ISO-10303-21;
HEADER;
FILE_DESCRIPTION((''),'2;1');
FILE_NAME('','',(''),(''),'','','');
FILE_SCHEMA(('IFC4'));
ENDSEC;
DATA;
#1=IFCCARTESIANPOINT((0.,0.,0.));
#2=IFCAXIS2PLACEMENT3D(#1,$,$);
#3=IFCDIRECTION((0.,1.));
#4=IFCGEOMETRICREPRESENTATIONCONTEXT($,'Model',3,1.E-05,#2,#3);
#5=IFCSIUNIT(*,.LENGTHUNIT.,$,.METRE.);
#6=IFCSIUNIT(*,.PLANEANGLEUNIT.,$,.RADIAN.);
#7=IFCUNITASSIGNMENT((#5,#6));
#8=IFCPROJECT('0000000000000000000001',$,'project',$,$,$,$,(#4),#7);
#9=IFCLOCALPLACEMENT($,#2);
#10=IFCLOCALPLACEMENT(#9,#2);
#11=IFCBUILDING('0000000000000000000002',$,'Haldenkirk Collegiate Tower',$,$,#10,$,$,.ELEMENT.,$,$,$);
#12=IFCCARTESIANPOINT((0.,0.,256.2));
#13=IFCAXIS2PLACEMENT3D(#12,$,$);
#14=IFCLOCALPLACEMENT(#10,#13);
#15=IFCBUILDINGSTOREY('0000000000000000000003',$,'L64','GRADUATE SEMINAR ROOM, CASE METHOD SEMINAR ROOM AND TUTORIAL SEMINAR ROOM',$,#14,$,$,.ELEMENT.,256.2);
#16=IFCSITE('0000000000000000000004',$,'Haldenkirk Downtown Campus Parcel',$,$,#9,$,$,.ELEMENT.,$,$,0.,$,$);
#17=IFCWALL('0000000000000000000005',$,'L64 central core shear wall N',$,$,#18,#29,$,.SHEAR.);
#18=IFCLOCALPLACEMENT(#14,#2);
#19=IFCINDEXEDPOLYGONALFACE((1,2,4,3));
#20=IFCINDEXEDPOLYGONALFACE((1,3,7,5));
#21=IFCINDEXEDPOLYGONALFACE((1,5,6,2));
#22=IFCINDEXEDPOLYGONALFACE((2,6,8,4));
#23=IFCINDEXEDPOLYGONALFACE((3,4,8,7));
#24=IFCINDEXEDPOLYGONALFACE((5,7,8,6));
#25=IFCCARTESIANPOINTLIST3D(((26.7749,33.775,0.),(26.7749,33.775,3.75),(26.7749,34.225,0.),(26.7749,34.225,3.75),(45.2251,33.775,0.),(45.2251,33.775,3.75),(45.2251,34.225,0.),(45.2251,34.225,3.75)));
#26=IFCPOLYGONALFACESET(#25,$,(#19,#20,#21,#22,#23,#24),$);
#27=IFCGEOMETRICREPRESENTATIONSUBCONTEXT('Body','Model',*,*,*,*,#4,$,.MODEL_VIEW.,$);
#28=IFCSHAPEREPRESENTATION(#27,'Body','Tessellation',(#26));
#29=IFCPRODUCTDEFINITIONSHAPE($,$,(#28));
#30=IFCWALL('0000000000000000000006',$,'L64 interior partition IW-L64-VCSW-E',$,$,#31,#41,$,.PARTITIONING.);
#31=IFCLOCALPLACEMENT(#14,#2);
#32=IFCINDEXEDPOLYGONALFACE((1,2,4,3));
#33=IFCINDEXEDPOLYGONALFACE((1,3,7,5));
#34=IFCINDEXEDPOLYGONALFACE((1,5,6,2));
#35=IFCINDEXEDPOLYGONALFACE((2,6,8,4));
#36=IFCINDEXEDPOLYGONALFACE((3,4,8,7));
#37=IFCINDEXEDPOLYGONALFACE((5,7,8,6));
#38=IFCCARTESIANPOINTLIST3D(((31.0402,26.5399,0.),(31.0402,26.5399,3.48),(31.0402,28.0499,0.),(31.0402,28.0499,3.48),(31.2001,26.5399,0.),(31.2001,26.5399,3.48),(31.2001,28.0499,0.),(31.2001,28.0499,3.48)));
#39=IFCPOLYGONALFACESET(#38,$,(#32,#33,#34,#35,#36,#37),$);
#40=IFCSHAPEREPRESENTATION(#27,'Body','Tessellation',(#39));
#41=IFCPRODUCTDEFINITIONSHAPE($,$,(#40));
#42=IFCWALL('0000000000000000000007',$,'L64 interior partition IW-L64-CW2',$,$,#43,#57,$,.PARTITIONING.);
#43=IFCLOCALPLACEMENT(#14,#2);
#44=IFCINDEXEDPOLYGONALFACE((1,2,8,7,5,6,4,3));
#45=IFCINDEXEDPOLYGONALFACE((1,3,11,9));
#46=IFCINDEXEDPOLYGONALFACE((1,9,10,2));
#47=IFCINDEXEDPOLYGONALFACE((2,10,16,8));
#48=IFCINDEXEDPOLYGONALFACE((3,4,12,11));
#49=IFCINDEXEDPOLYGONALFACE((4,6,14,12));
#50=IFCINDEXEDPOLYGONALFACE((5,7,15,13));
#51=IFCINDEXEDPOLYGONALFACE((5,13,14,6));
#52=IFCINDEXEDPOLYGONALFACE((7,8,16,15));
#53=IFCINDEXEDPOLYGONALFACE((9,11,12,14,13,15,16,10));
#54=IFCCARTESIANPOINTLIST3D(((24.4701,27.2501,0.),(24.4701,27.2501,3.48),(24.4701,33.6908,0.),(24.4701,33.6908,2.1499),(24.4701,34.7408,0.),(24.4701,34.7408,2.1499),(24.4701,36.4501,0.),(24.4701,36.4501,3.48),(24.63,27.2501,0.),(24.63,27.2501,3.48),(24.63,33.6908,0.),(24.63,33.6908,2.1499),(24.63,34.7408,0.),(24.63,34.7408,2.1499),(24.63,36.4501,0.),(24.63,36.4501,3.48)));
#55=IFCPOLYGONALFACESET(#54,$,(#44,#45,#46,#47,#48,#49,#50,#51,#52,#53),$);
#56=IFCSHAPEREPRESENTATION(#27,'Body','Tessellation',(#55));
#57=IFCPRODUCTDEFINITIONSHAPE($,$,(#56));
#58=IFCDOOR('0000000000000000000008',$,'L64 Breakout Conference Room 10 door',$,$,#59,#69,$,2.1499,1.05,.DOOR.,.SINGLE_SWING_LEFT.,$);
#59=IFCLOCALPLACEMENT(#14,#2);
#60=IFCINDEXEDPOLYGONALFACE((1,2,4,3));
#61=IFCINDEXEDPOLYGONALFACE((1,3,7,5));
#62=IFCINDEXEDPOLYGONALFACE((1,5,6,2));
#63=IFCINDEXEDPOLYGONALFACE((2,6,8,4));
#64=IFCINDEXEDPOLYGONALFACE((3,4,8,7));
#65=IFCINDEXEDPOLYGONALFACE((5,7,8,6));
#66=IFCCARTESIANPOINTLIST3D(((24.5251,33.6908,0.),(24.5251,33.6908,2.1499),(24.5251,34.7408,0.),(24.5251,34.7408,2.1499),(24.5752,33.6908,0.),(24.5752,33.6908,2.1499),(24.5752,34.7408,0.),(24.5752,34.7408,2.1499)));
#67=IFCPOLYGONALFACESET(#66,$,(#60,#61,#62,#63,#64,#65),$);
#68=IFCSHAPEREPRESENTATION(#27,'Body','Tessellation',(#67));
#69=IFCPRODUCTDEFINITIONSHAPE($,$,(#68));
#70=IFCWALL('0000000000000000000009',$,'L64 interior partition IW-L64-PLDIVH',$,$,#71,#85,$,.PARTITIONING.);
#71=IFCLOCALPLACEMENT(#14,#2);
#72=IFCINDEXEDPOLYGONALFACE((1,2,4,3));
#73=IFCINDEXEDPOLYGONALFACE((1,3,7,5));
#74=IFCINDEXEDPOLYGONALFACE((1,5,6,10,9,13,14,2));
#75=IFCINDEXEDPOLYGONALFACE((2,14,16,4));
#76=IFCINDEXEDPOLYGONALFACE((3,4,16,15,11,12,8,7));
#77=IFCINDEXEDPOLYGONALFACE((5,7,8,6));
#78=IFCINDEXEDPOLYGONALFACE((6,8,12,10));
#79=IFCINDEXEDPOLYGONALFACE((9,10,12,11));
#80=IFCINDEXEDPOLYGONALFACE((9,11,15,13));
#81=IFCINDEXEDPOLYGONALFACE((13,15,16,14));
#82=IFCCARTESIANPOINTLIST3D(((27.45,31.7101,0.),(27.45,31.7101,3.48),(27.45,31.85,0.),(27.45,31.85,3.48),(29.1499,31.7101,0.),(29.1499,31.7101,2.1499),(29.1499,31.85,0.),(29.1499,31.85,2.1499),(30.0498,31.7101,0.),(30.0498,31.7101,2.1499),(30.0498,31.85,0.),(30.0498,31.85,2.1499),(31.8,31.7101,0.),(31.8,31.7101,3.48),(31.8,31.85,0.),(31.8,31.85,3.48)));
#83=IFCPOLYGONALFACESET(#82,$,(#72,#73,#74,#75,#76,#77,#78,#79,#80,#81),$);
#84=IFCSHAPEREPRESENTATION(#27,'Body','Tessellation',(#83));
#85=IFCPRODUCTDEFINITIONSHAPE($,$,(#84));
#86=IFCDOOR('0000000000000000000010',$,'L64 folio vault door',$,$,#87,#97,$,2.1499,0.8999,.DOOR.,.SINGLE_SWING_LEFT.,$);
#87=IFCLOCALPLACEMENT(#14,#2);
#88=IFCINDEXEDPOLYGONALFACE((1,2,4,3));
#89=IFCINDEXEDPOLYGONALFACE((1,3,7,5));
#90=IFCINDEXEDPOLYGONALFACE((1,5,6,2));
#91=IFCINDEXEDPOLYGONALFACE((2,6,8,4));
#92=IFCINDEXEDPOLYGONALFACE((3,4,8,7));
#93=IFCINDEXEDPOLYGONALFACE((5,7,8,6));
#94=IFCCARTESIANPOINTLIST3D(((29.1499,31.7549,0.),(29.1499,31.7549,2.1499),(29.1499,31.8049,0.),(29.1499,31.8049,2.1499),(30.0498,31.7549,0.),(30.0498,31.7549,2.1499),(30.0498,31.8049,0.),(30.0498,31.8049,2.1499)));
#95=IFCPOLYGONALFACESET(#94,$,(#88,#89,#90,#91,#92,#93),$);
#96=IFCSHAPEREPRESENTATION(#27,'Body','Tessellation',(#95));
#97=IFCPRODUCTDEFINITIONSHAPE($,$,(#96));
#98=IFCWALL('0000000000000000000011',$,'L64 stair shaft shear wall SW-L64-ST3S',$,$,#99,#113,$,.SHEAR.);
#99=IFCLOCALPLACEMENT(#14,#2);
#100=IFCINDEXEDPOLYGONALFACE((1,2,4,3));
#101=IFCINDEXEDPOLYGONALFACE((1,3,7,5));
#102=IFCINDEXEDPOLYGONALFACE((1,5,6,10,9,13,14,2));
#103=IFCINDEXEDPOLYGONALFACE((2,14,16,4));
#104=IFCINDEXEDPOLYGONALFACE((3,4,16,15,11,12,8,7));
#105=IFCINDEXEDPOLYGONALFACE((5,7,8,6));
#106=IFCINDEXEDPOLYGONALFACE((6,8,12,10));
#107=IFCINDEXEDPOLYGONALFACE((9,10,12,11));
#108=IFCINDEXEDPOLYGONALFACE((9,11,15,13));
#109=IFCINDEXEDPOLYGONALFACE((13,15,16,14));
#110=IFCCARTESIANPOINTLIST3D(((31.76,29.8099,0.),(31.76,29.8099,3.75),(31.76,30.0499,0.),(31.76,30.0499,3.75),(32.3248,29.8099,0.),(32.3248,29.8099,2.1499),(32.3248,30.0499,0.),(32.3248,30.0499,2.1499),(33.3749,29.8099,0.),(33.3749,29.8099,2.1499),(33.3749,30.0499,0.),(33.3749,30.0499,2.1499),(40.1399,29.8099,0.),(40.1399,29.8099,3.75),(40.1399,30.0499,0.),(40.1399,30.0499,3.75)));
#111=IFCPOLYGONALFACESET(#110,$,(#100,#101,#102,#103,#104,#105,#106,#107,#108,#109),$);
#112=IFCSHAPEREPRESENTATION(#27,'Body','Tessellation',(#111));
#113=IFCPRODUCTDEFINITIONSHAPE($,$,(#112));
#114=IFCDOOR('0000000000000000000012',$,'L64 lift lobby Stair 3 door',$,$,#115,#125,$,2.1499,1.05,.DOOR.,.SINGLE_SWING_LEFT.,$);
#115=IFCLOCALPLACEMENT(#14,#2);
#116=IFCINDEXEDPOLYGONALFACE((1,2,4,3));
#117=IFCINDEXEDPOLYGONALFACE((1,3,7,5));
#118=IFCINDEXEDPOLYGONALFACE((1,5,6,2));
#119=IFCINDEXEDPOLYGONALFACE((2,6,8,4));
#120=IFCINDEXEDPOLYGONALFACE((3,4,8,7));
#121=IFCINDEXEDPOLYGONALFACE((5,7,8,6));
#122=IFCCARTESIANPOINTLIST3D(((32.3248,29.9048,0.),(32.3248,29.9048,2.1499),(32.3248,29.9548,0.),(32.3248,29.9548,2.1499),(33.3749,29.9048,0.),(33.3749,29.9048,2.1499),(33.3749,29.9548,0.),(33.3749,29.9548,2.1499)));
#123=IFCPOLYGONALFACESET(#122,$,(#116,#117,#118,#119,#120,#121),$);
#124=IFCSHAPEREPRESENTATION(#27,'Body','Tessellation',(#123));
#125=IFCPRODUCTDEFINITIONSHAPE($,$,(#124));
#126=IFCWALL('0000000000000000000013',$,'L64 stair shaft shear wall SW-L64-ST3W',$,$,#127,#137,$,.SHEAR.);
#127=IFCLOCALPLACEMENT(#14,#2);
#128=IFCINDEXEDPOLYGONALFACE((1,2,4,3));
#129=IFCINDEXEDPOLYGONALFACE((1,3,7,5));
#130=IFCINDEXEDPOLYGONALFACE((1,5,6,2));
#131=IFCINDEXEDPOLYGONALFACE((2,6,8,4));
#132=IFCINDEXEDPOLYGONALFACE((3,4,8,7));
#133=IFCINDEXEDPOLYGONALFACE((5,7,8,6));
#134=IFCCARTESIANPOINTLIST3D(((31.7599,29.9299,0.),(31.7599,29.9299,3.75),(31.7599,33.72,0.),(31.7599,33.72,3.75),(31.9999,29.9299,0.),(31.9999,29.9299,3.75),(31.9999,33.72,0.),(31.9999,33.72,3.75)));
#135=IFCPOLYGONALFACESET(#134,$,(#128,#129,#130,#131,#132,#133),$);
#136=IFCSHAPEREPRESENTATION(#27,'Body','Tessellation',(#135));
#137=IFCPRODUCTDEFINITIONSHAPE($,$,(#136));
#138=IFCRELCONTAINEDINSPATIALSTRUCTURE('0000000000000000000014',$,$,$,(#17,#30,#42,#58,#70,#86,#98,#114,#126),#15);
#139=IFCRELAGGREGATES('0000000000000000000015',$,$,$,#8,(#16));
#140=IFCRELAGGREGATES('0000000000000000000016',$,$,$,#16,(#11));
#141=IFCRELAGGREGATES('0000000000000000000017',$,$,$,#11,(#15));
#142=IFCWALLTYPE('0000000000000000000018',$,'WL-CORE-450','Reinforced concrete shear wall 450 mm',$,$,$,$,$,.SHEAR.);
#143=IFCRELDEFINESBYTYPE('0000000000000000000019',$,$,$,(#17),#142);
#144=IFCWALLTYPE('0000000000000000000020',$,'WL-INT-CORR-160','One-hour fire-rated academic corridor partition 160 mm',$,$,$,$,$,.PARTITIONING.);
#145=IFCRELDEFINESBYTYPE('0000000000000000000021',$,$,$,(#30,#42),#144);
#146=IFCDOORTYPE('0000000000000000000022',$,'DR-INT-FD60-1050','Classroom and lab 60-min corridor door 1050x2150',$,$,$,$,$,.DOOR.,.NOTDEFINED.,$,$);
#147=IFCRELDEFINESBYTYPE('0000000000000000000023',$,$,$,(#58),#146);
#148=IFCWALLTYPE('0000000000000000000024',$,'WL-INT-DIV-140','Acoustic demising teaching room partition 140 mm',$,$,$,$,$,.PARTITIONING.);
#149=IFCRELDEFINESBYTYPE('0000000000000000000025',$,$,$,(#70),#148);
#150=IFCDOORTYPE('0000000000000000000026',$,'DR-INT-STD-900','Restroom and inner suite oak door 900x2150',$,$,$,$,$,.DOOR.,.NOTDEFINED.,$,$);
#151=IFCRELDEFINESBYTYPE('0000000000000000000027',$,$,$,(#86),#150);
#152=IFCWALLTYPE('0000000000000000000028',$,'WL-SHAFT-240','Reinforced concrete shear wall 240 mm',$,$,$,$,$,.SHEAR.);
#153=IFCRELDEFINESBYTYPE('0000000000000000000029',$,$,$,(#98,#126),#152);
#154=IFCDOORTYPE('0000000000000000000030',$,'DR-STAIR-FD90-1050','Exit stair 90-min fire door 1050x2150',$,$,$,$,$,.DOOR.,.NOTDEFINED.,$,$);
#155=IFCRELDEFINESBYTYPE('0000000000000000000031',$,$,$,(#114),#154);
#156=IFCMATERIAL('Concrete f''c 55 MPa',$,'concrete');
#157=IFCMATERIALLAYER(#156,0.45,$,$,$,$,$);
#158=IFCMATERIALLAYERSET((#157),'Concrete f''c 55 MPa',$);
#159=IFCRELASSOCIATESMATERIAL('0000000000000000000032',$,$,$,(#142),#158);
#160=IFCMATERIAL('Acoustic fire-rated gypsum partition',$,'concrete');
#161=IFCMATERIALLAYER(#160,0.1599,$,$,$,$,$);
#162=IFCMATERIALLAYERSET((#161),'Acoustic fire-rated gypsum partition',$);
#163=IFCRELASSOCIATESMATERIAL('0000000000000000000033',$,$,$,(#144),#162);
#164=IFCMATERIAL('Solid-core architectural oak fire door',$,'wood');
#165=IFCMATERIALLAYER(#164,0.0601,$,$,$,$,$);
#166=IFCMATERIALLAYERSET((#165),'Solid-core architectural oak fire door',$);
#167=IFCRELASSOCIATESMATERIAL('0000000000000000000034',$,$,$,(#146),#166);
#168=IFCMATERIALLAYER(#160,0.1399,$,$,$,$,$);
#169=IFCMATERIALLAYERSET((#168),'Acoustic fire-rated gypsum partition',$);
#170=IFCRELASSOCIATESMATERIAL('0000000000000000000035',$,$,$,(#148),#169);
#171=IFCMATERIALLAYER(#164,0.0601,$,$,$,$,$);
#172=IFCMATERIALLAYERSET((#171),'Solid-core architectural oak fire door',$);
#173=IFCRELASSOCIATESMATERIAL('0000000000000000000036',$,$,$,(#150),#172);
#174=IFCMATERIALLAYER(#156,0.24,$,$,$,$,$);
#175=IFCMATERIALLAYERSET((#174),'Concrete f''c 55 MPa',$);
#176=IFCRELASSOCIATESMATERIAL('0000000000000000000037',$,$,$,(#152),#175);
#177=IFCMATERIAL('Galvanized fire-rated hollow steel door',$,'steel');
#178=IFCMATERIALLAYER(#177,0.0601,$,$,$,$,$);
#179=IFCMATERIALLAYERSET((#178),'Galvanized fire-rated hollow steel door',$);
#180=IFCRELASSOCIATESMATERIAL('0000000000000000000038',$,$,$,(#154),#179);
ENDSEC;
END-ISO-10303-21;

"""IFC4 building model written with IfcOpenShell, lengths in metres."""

from ifc_helpers import new_model, si_unit, direction, frame, frame_2d, origin, place, context, subcontext, project, spatial, rectangle, extrude, material, layer, layer_set, type_object, element, fill, save


model = new_model("IFC4")

# Units and contexts
model_context = context("Model", 3, precision=1e-05, world=origin(), true_north=direction((0.0, 1.0)))
body_context = subcontext(model_context, "Body", "Model", "MODEL_VIEW")
ifc_project = project(units=[si_unit("LENGTHUNIT", "METRE"), si_unit("PLANEANGLEUNIT", "RADIAN")], contexts=[model_context])

# Site, building, storey
site_placement = place(None, origin())
site = spatial("IfcSite", under=ifc_project, at=site_placement, Name="Haldenkirk Downtown Campus Parcel", CompositionType="ELEMENT", RefElevation=0.0)
building_placement = place(site_placement, origin())
building = spatial("IfcBuilding", under=site, at=building_placement, Name="Haldenkirk Collegiate Tower", CompositionType="ELEMENT")
storey_placement = place(building_placement, frame((0.0, 0.0, 256.2)))
storey = spatial("IfcBuildingStorey", under=building, at=storey_placement, Name="L64", Description="GRADUATE SEMINAR ROOM, CASE METHOD SEMINAR ROOM AND TUTORIAL SEMINAR ROOM", CompositionType="ELEMENT", Elevation=256.2)

# Wall
ifc_material_1 = material(Name="Concrete f'c 55 MPa", Category="concrete")
ifc_layer_1 = layer(ifc_material_1, 0.45)
ifc_layer_set_1 = layer_set([ifc_layer_1], Name="Concrete f'c 55 MPa")
wall_type_1 = type_object("IfcWallType", Name="WL-CORE-450", Description="Reinforced concrete shear wall 450 mm", PredefinedType="SHEAR", material=ifc_layer_set_1)
wall_1_placement = place(storey_placement, frame((26.7749, 34.0, 0.0), z_axis=(0.0, 0.0, 1.0), x_axis=(1.0, 0.0, 0.0)))
element("IfcWall", 1, at=wall_1_placement, inside=storey, type_object=wall_type_1, Name="L64 central core shear wall N", PredefinedType="SHEAR", context=body_context, shape_type="SweptSolid", body=[
    extrude(rectangle(XDim=18.4502, YDim=0.45, at=frame_2d((9.2251, 0.0))), origin(), (0.0, 0.0, 1.0), 3.75),
])

# Shared definitions
ifc_material_2 = material(Name="Acoustic fire-rated gypsum partition", Category="concrete")
ifc_layer_2 = layer(ifc_material_2, 0.1599)
ifc_layer_set_2 = layer_set([ifc_layer_2], Name="Acoustic fire-rated gypsum partition")
wall_type_2 = type_object("IfcWallType", Name="WL-INT-CORR-160", Description="One-hour fire-rated academic corridor partition 160 mm", PredefinedType="PARTITIONING", material=ifc_layer_set_2)
ifc_material_3 = material(Name="Solid-core architectural oak fire door", Category="wood")

# Wall
wall_2_placement = place(storey_placement, frame((31.1201, 26.54, 0.0), z_axis=(0.0, 0.0, 1.0), x_axis=(0.0, 1.0, 0.0)))
element("IfcWall", 2, at=wall_2_placement, inside=storey, type_object=wall_type_2, Name="L64 interior partition IW-L64-VCSW-E", PredefinedType="PARTITIONING", context=body_context, shape_type="SweptSolid", body=[
    extrude(rectangle(XDim=1.51, YDim=0.1599, at=frame_2d((0.7549, 0.0))), origin(), (0.0, 0.0, 1.0), 3.48),
])

# Walls, openings, doors
wall_3_placement = place(storey_placement, frame((24.55, 27.25, 0.0), z_axis=(0.0, 0.0, 1.0), x_axis=(0.0, 1.0, 0.0)))
wall_3 = element("IfcWall", 3, at=wall_3_placement, inside=storey, type_object=wall_type_2, Name="L64 interior partition IW-L64-CW2", PredefinedType="PARTITIONING", context=body_context, shape_type="SweptSolid", body=[
    extrude(rectangle(XDim=9.2, YDim=0.1599, at=frame_2d((4.6001, 0.0))), origin(), (0.0, 0.0, 1.0), 3.48),
])
opening_1_placement = place(wall_3_placement, frame((6.4409, 0.0, 0.0)))
opening_1 = element("IfcOpeningElement", 4, at=opening_1_placement, cuts=wall_3, PredefinedType="OPENING", context=body_context, shape_type="SweptSolid", body=[
    extrude(rectangle(XDim=1.05, YDim=2.1499, at=frame_2d((0.5249, 1.075))), frame((0.0, 0.0898, 0.0), z_axis=(0.0, -1.0, 0.0), x_axis=(1.0, 0.0, 0.0)), (0.0, 0.0, 1.0), 0.1799),
])
ifc_layer_3 = layer(ifc_material_3, 0.0601)
ifc_layer_set_3 = layer_set([ifc_layer_3], Name="Solid-core architectural oak fire door")
door_type_1 = type_object("IfcDoorType", Name="DR-INT-FD60-1050", Description="Classroom and lab 60-min corridor door 1050x2150", OperationType="NOTDEFINED", PredefinedType="DOOR", material=ifc_layer_set_3)
door_1_placement = place(opening_1_placement, origin())
door_1 = element("IfcDoor", 5, at=door_1_placement, inside=storey, type_object=door_type_1, Name="L64 Breakout Conference Room 10 door", OperationType="SINGLE_SWING_LEFT", OverallHeight=2.1499, OverallWidth=1.05, PredefinedType="DOOR", context=body_context, shape_type="SweptSolid", body=[
    extrude(rectangle(XDim=1.05, YDim=2.1499, at=frame_2d((0.5249, 1.075))), frame((0.0, 0.0249, 0.0), z_axis=(0.0, -1.0, 0.0), x_axis=(1.0, 0.0, 0.0)), (0.0, 0.0, 1.0), 0.05),
])
fill(opening_1, door_1)
ifc_layer_4 = layer(ifc_material_2, 0.1399)
ifc_layer_set_4 = layer_set([ifc_layer_4], Name="Acoustic fire-rated gypsum partition")
wall_type_3 = type_object("IfcWallType", Name="WL-INT-DIV-140", Description="Acoustic demising teaching room partition 140 mm", PredefinedType="PARTITIONING", material=ifc_layer_set_4)
wall_4_placement = place(storey_placement, frame((27.45, 31.78, 0.0), z_axis=(0.0, 0.0, 1.0), x_axis=(1.0, 0.0, 0.0)))
wall_4 = element("IfcWall", 6, at=wall_4_placement, inside=storey, type_object=wall_type_3, Name="L64 interior partition IW-L64-PLDIVH", PredefinedType="PARTITIONING", context=body_context, shape_type="SweptSolid", body=[
    extrude(rectangle(XDim=4.3501, YDim=0.1399, at=frame_2d((2.175, 0.0))), origin(), (0.0, 0.0, 1.0), 3.48),
])
opening_2_placement = place(wall_4_placement, frame((1.7, 0.0, 0.0)))
opening_2 = element("IfcOpeningElement", 7, at=opening_2_placement, cuts=wall_4, PredefinedType="OPENING", context=body_context, shape_type="SweptSolid", body=[
    extrude(rectangle(XDim=0.8999, YDim=2.1499, at=frame_2d((0.45, 1.075))), frame((0.0, 0.0798, 0.0), z_axis=(0.0, -1.0, 0.0), x_axis=(1.0, 0.0, 0.0)), (0.0, 0.0, 1.0), 0.1599),
])
ifc_layer_5 = layer(ifc_material_3, 0.0601)
ifc_layer_set_5 = layer_set([ifc_layer_5], Name="Solid-core architectural oak fire door")
door_type_2 = type_object("IfcDoorType", Name="DR-INT-STD-900", Description="Restroom and inner suite oak door 900x2150", OperationType="NOTDEFINED", PredefinedType="DOOR", material=ifc_layer_set_5)
door_2_placement = place(opening_2_placement, origin())
door_2 = element("IfcDoor", 8, at=door_2_placement, inside=storey, type_object=door_type_2, Name="L64 folio vault door", OperationType="SINGLE_SWING_LEFT", OverallHeight=2.1499, OverallWidth=0.8999, PredefinedType="DOOR", context=body_context, shape_type="SweptSolid", body=[
    extrude(rectangle(XDim=0.8999, YDim=2.1499, at=frame_2d((0.45, 1.075))), frame((0.0, 0.0249, 0.0), z_axis=(0.0, -1.0, 0.0), x_axis=(1.0, 0.0, 0.0)), (0.0, 0.0, 1.0), 0.05),
])
fill(opening_2, door_2)

# Wall, opening, door
ifc_layer_6 = layer(ifc_material_1, 0.24)
ifc_layer_set_6 = layer_set([ifc_layer_6], Name="Concrete f'c 55 MPa")
wall_type_4 = type_object("IfcWallType", Name="WL-SHAFT-240", Description="Reinforced concrete shear wall 240 mm", PredefinedType="SHEAR", material=ifc_layer_set_6)
wall_5_placement = place(storey_placement, frame((31.76, 29.9299, 0.0), z_axis=(0.0, 0.0, 1.0), x_axis=(1.0, 0.0, 0.0)))
wall_5 = element("IfcWall", 9, at=wall_5_placement, inside=storey, type_object=wall_type_4, Name="L64 stair shaft shear wall SW-L64-ST3S", PredefinedType="SHEAR", context=body_context, shape_type="SweptSolid", body=[
    extrude(rectangle(XDim=8.3799, YDim=0.24, at=frame_2d((4.1899, 0.0))), origin(), (0.0, 0.0, 1.0), 3.75),
])
opening_3_placement = place(wall_5_placement, frame((0.5649, 0.0, 0.0)))
opening_3 = element("IfcOpeningElement", 10, at=opening_3_placement, cuts=wall_5, PredefinedType="OPENING", context=body_context, shape_type="SweptSolid", body=[
    extrude(rectangle(XDim=1.05, YDim=2.1499, at=frame_2d((0.5249, 1.075))), frame((0.0, 0.1299, 0.0), z_axis=(0.0, -1.0, 0.0), x_axis=(1.0, 0.0, 0.0)), (0.0, 0.0, 1.0), 0.26),
])
ifc_material_4 = material(Name="Galvanized fire-rated hollow steel door", Category="steel")
ifc_layer_7 = layer(ifc_material_4, 0.0601)
ifc_layer_set_7 = layer_set([ifc_layer_7], Name="Galvanized fire-rated hollow steel door")
door_type_3 = type_object("IfcDoorType", Name="DR-STAIR-FD90-1050", Description="Exit stair 90-min fire door 1050x2150", OperationType="NOTDEFINED", PredefinedType="DOOR", material=ifc_layer_set_7)
door_3_placement = place(opening_3_placement, origin())
door_3 = element("IfcDoor", 11, at=door_3_placement, inside=storey, type_object=door_type_3, Name="L64 lift lobby Stair 3 door", OperationType="SINGLE_SWING_LEFT", OverallHeight=2.1499, OverallWidth=1.05, PredefinedType="DOOR", context=body_context, shape_type="SweptSolid", body=[
    extrude(rectangle(XDim=1.05, YDim=2.1499, at=frame_2d((0.5249, 1.075))), frame((0.0, 0.0249, 0.0), z_axis=(0.0, -1.0, 0.0), x_axis=(1.0, 0.0, 0.0)), (0.0, 0.0, 1.0), 0.05),
])
fill(opening_3, door_3)

# Wall
wall_6_placement = place(storey_placement, frame((31.8799, 29.9299, 0.0), z_axis=(0.0, 0.0, 1.0), x_axis=(0.0, 1.0, 0.0)))
element("IfcWall", 12, at=wall_6_placement, inside=storey, type_object=wall_type_4, Name="L64 stair shaft shear wall SW-L64-ST3W", PredefinedType="SHEAR", context=body_context, shape_type="SweptSolid", body=[
    extrude(rectangle(XDim=3.79, YDim=0.24, at=frame_2d((1.895, 0.0))), origin(), (0.0, 0.0, 1.0), 3.75),
])

save(model, "model.ifc")
